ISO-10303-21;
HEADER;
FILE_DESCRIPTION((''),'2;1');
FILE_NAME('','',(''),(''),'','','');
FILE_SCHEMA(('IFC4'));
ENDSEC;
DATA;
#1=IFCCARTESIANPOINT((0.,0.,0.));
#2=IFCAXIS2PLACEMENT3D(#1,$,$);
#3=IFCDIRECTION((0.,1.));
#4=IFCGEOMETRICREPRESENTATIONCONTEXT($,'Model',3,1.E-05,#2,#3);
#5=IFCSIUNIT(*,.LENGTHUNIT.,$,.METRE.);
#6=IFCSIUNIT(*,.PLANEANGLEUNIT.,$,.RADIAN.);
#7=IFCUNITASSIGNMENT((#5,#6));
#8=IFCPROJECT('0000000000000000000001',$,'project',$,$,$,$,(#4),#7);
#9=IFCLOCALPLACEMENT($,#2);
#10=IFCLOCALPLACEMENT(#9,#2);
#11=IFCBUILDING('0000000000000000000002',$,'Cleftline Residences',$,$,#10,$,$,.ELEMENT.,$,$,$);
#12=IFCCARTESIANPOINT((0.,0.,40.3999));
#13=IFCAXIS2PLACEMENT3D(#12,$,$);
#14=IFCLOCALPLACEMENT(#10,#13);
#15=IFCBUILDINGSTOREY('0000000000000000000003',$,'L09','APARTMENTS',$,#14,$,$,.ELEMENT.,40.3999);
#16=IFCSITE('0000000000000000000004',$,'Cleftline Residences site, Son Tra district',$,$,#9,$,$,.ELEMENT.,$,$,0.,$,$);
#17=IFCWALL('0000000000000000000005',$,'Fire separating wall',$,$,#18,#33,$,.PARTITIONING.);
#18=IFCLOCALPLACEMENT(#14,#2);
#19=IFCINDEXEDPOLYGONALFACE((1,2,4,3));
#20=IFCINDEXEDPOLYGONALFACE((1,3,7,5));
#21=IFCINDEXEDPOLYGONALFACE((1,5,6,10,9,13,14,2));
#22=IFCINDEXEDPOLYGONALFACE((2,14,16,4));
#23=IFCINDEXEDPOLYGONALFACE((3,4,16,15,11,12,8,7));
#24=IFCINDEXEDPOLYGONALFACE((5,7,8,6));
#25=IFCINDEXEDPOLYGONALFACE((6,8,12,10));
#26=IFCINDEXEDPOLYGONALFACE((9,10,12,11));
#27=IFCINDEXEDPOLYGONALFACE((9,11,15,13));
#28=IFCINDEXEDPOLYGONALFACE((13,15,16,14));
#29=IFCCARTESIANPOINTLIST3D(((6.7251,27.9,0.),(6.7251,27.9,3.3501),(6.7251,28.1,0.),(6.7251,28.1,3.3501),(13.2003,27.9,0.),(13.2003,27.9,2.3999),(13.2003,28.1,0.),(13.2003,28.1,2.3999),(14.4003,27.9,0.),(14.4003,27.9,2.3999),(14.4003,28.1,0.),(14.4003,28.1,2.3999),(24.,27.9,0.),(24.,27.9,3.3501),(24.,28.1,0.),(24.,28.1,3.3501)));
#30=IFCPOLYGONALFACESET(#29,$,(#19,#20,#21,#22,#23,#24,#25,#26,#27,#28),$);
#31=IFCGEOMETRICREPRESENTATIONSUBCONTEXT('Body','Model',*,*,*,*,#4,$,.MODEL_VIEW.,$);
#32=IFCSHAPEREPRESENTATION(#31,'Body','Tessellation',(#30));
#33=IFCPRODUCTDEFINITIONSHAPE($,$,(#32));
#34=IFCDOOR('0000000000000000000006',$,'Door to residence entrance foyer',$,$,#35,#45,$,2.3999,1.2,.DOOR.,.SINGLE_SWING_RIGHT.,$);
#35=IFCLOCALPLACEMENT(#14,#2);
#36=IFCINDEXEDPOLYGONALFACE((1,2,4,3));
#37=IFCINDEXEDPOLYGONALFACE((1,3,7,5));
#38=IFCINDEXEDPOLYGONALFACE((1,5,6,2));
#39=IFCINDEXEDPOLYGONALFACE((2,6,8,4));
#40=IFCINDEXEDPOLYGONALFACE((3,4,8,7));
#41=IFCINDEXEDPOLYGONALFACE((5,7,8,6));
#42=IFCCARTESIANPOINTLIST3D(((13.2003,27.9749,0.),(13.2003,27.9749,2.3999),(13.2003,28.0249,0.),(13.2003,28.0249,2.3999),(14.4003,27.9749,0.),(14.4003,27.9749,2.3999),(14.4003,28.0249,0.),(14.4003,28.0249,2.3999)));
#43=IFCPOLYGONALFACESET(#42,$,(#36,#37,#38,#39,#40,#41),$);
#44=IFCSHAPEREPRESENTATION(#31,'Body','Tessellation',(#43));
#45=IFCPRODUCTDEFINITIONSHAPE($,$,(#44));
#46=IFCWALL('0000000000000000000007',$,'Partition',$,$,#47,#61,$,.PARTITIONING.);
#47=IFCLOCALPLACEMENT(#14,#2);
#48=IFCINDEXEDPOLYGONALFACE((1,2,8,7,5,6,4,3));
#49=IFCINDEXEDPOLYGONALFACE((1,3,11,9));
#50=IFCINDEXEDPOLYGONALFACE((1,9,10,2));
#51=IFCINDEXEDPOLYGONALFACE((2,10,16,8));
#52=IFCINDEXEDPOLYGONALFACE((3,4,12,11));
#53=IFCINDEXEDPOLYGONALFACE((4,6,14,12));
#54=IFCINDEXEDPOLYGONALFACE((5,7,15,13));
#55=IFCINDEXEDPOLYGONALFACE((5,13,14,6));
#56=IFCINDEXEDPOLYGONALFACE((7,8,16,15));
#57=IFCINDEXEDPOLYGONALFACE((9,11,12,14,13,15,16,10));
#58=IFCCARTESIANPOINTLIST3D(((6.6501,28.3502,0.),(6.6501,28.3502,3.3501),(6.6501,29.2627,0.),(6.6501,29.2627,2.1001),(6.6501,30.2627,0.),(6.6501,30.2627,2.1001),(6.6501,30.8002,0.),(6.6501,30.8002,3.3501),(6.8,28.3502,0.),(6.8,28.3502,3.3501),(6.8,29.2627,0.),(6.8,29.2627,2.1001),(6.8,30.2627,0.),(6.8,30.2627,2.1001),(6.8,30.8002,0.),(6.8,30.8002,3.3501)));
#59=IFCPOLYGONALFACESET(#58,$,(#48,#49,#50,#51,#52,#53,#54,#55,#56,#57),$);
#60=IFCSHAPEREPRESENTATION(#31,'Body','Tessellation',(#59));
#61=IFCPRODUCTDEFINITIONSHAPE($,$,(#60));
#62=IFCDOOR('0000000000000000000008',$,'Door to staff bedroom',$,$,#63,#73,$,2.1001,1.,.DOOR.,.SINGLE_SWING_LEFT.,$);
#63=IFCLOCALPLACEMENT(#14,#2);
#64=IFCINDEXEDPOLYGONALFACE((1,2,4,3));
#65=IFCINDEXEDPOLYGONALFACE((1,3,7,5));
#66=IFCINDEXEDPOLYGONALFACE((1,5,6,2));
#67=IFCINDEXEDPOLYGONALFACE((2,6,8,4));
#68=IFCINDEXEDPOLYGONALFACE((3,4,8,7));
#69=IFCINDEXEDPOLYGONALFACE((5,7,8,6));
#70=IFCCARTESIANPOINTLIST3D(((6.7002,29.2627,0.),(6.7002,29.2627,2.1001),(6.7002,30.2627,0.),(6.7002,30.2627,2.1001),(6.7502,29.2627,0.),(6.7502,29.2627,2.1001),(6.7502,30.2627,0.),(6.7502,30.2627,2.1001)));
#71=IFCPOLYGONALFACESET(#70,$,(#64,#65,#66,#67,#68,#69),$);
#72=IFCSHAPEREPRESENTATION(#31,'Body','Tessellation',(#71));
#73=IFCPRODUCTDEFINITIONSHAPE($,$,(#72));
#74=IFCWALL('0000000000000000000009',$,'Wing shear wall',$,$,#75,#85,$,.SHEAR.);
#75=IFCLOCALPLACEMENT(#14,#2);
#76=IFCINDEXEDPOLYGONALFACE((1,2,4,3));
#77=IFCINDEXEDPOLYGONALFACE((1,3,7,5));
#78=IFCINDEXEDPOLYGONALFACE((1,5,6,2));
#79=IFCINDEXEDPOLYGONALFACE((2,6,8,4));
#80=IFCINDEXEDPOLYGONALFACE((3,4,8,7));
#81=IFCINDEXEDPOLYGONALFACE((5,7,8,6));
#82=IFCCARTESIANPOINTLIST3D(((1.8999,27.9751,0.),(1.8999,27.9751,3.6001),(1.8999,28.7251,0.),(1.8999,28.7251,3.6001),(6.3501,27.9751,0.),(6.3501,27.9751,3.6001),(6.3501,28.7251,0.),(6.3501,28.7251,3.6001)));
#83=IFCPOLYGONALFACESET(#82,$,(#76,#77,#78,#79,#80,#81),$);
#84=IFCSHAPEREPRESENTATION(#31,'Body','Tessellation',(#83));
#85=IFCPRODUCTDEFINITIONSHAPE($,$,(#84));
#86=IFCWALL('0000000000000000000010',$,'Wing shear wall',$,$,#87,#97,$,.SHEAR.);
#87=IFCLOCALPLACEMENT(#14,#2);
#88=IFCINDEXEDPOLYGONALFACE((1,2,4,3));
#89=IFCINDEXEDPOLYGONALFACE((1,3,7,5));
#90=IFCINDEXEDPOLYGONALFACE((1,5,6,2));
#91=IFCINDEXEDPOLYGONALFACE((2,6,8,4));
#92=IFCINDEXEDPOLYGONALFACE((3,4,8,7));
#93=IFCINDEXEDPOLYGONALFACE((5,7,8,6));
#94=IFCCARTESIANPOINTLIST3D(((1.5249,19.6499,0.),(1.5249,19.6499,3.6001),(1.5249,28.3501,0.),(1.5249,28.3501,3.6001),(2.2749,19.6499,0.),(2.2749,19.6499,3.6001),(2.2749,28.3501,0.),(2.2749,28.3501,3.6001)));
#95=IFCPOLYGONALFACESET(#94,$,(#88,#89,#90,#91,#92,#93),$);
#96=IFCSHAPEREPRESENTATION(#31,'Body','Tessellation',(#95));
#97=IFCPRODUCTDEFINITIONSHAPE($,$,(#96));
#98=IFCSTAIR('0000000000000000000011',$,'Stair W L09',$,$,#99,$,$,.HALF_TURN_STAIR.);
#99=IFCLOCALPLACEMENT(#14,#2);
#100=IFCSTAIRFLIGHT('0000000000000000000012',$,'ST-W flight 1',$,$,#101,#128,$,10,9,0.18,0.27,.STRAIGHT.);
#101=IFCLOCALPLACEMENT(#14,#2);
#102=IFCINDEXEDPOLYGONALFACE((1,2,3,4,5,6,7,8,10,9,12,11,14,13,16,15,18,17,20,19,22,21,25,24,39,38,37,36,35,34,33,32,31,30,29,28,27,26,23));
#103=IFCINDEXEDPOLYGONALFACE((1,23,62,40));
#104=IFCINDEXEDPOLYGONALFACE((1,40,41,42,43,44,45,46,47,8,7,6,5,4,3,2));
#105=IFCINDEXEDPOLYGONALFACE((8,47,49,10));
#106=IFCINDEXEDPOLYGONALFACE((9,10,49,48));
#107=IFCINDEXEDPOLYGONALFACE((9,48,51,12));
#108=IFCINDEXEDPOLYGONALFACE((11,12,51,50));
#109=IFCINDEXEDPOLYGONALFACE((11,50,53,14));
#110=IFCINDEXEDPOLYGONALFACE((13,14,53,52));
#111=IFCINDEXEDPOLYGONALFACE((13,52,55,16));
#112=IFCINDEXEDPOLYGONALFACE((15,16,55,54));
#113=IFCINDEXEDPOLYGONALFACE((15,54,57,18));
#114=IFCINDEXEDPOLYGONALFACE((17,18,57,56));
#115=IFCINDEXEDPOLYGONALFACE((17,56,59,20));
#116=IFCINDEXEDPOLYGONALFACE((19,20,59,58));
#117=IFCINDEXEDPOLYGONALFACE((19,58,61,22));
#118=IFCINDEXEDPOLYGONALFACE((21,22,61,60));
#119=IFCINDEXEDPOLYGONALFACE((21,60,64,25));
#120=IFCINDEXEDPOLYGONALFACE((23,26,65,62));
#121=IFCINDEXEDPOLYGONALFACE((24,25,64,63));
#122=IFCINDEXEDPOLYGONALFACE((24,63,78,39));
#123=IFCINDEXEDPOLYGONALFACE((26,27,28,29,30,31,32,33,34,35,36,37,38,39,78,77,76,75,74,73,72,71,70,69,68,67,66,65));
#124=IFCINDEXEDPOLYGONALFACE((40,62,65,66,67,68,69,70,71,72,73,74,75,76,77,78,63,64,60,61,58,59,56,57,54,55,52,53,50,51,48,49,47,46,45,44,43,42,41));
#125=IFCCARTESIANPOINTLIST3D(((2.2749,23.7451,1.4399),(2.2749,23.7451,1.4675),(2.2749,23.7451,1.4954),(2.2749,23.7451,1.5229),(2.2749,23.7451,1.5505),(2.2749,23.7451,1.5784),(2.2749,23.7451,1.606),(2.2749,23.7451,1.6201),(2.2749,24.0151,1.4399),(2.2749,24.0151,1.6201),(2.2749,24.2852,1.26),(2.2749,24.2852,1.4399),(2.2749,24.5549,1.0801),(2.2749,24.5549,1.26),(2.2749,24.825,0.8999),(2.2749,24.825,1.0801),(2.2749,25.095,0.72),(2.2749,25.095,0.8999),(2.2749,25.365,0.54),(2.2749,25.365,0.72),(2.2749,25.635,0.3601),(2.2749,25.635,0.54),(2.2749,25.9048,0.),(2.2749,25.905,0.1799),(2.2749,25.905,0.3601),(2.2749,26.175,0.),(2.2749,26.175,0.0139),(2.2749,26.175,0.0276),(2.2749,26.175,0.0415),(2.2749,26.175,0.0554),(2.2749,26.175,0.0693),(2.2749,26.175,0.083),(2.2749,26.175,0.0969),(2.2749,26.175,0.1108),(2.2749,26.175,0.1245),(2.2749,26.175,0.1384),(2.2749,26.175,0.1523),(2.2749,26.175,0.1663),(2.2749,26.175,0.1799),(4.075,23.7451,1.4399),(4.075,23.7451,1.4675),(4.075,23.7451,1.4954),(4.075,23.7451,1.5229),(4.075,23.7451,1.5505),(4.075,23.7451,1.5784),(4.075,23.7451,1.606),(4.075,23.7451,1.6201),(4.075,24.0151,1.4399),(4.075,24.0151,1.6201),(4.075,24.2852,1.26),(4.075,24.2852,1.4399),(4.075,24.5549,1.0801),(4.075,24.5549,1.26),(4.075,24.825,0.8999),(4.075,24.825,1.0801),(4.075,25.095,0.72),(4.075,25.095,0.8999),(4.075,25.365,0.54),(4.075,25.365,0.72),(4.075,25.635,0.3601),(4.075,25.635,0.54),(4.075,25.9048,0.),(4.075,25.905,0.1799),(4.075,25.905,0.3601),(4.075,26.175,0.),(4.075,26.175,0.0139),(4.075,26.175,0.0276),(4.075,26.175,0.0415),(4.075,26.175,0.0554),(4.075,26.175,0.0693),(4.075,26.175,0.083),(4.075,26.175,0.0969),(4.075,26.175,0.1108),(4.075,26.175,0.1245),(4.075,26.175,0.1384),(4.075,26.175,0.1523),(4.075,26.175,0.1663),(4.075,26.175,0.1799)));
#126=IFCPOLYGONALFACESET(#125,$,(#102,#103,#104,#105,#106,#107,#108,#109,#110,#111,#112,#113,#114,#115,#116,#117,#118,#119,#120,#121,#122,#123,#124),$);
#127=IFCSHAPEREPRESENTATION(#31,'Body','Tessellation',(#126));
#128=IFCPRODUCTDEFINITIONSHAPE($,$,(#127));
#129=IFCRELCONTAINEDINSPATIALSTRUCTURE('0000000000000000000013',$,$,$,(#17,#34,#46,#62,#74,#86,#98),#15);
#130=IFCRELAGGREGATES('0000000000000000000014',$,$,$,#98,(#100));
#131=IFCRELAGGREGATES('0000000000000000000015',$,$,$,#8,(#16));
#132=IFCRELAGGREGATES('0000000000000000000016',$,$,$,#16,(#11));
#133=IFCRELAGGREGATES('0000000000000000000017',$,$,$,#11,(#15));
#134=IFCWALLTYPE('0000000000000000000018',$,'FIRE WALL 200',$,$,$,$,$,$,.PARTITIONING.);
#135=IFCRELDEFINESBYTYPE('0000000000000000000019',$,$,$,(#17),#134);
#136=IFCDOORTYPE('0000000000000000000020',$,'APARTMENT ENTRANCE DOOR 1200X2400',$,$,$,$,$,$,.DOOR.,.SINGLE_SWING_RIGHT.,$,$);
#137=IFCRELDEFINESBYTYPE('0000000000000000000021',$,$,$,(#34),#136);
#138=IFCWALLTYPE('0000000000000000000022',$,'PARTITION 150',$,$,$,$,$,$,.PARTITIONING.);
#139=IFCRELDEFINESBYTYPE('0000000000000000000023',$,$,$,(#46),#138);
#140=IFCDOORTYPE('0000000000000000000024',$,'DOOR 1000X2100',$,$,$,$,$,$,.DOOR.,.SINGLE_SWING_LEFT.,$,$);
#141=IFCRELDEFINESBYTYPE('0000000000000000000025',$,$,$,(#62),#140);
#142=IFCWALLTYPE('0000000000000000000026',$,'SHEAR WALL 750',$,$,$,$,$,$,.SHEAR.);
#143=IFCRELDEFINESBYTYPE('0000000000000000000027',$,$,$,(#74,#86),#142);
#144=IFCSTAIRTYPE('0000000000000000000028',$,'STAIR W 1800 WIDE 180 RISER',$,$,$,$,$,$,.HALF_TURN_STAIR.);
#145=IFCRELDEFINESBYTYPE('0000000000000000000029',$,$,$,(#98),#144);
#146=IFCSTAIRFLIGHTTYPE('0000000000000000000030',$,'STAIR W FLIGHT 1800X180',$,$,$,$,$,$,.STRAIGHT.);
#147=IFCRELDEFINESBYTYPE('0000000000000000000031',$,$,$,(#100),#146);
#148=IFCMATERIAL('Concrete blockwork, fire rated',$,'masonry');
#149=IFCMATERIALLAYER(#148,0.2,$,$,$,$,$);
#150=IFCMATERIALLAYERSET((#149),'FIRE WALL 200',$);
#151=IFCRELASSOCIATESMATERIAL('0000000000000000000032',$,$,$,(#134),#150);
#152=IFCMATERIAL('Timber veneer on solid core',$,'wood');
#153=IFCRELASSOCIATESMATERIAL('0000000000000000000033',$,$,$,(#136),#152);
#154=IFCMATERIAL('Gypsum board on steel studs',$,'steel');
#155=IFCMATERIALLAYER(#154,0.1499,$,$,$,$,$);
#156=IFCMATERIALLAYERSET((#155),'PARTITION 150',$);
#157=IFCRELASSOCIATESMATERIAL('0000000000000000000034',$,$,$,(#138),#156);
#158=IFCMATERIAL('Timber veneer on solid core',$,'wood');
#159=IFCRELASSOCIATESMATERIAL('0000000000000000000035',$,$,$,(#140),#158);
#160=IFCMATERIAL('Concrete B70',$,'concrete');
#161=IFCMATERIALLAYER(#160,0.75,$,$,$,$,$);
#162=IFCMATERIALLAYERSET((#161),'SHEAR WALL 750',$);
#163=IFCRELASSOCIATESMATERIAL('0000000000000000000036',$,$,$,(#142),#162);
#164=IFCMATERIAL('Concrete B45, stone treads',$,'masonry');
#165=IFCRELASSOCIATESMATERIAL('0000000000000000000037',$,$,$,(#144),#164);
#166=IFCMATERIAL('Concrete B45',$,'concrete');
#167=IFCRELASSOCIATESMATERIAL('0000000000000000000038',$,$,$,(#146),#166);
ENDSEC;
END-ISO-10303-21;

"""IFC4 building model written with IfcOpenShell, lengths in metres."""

from ifc_helpers import new_model, si_unit, direction, frame, frame_2d, origin, place, context, subcontext, project, spatial, polyline, rectangle, outline, extrude, material, layer, layer_set, type_object, element, fill, aggregate, save


model = new_model("IFC4")

# Units and contexts
model_context = context("Model", 3, precision=1e-05, world=origin(), true_north=direction((0.0, 1.0)))
body_context = subcontext(model_context, "Body", "Model", "MODEL_VIEW")
ifc_project = project(units=[si_unit("LENGTHUNIT", "METRE"), si_unit("PLANEANGLEUNIT", "RADIAN")], contexts=[model_context])

# Site, building, storey
site_placement = place(None, origin())
site = spatial("IfcSite", under=ifc_project, at=site_placement, Name="Cleftline Residences site, Son Tra district", CompositionType="ELEMENT", RefElevation=0.0)
building_placement = place(site_placement, origin())
building = spatial("IfcBuilding", under=site, at=building_placement, Name="Cleftline Residences", CompositionType="ELEMENT")
storey_placement = place(building_placement, frame((0.0, 0.0, 40.3999)))
storey = spatial("IfcBuildingStorey", under=building, at=storey_placement, Name="L09", Description="APARTMENTS", CompositionType="ELEMENT", Elevation=40.3999)

# Walls, openings, doors
ifc_material_1 = material(Name="Concrete blockwork, fire rated", Category="masonry")
ifc_layer_1 = layer(ifc_material_1, 0.2)
ifc_layer_set_1 = layer_set([ifc_layer_1], Name="FIRE WALL 200")
wall_type_1 = type_object("IfcWallType", Name="FIRE WALL 200", PredefinedType="PARTITIONING", material=ifc_layer_set_1)
wall_1_placement = place(storey_placement, frame((6.7251, 28.0, 0.0), z_axis=(0.0, 0.0, 1.0), x_axis=(1.0, 0.0, 0.0)))
wall_1 = element("IfcWall", 1, at=wall_1_placement, inside=storey, type_object=wall_type_1, Name="Fire separating wall", PredefinedType="PARTITIONING", context=body_context, shape_type="SweptSolid", body=[
    extrude(rectangle(XDim=17.2749, YDim=0.2, at=frame_2d((8.6375, 0.0))), origin(), (0.0, 0.0, 1.0), 3.3501),
])
opening_1_placement = place(wall_1_placement, frame((6.4751, 0.0, 0.0)))
opening_1 = element("IfcOpeningElement", 2, at=opening_1_placement, cuts=wall_1, PredefinedType="OPENING", context=body_context, shape_type="SweptSolid", body=[
    extrude(rectangle(XDim=1.2, YDim=2.3999, at=frame_2d((0.6001, 1.2))), frame((0.0, 0.1099, 0.0), z_axis=(0.0, -1.0, 0.0), x_axis=(1.0, 0.0, 0.0)), (0.0, 0.0, 1.0), 0.22),
])
ifc_material_2 = material(Name="Timber veneer on solid core", Category="wood")
door_type_1 = type_object("IfcDoorType", Name="APARTMENT ENTRANCE DOOR 1200X2400", OperationType="SINGLE_SWING_RIGHT", PredefinedType="DOOR", material=ifc_material_2)
door_1_placement = place(opening_1_placement, origin())
door_1 = element("IfcDoor", 3, at=door_1_placement, inside=storey, type_object=door_type_1, Name="Door to residence entrance foyer", OperationType="SINGLE_SWING_RIGHT", OverallHeight=2.3999, OverallWidth=1.2, PredefinedType="DOOR", context=body_context, shape_type="SweptSolid", body=[
    extrude(rectangle(XDim=1.2, YDim=2.3999, at=frame_2d((0.6001, 1.2))), frame((0.0, 0.0249, 0.0), z_axis=(0.0, -1.0, 0.0), x_axis=(1.0, 0.0, 0.0)), (0.0, 0.0, 1.0), 0.05),
])
fill(opening_1, door_1)
ifc_material_3 = material(Name="Gypsum board on steel studs", Category="steel")
ifc_layer_2 = layer(ifc_material_3, 0.1499)
ifc_layer_set_2 = layer_set([ifc_layer_2], Name="PARTITION 150")
wall_type_2 = type_object("IfcWallType", Name="PARTITION 150", PredefinedType="PARTITIONING", material=ifc_layer_set_2)
wall_2_placement = place(storey_placement, frame((6.7251, 28.3501, 0.0), z_axis=(0.0, 0.0, 1.0), x_axis=(0.0, 1.0, 0.0)))
wall_2 = element("IfcWall", 4, at=wall_2_placement, inside=storey, type_object=wall_type_2, Name="Partition", PredefinedType="PARTITIONING", context=body_context, shape_type="SweptSolid", body=[
    extrude(rectangle(XDim=2.45, YDim=0.1499, at=frame_2d((1.2251, 0.0))), origin(), (0.0, 0.0, 1.0), 3.3501),
])
opening_2_placement = place(wall_2_placement, frame((0.9126, 0.0, 0.0)))
opening_2 = element("IfcOpeningElement", 5, at=opening_2_placement, cuts=wall_2, PredefinedType="OPENING", context=body_context, shape_type="SweptSolid", body=[
    extrude(rectangle(XDim=1.0, YDim=2.1001, at=frame_2d((0.5, 1.05))), frame((0.0, 0.085, 0.0), z_axis=(0.0, -1.0, 0.0), x_axis=(1.0, 0.0, 0.0)), (0.0, 0.0, 1.0), 0.1699),
])
ifc_material_4 = material(Name="Timber veneer on solid core", Category="wood")
door_type_2 = type_object("IfcDoorType", Name="DOOR 1000X2100", OperationType="SINGLE_SWING_LEFT", PredefinedType="DOOR", material=ifc_material_4)
door_2_placement = place(opening_2_placement, origin())
door_2 = element("IfcDoor", 6, at=door_2_placement, inside=storey, type_object=door_type_2, Name="Door to staff bedroom", OperationType="SINGLE_SWING_LEFT", OverallHeight=2.1001, OverallWidth=1.0, PredefinedType="DOOR", context=body_context, shape_type="SweptSolid", body=[
    extrude(rectangle(XDim=1.0, YDim=2.1001, at=frame_2d((0.5, 1.05))), frame((0.0, 0.0249, 0.0), z_axis=(0.0, -1.0, 0.0), x_axis=(1.0, 0.0, 0.0)), (0.0, 0.0, 1.0), 0.05),
])
fill(opening_2, door_2)

# Walls
ifc_material_5 = material(Name="Concrete B70", Category="concrete")
ifc_layer_3 = layer(ifc_material_5, 0.75)
ifc_layer_set_3 = layer_set([ifc_layer_3], Name="SHEAR WALL 750")
wall_type_3 = type_object("IfcWallType", Name="SHEAR WALL 750", PredefinedType="SHEAR", material=ifc_layer_set_3)
wall_3_placement = place(storey_placement, frame((6.3501, 28.3501, 0.0), z_axis=(0.0, 0.0, 1.0), x_axis=(-1.0, 0.0, 0.0)))
element("IfcWall", 7, at=wall_3_placement, inside=storey, type_object=wall_type_3, Name="Wing shear wall", PredefinedType="SHEAR", context=body_context, shape_type="SweptSolid", body=[
    extrude(rectangle(XDim=4.4502, YDim=0.75, at=frame_2d((2.2251, 0.0))), origin(), (0.0, 0.0, 1.0), 3.6001),
])
wall_4_placement = place(storey_placement, frame((1.8999, 28.3501, 0.0), z_axis=(0.0, 0.0, 1.0), x_axis=(0.0, -1.0, 0.0)))
element("IfcWall", 8, at=wall_4_placement, inside=storey, type_object=wall_type_3, Name="Wing shear wall", PredefinedType="SHEAR", context=body_context, shape_type="SweptSolid", body=[
    extrude(rectangle(XDim=8.7002, YDim=0.75, at=frame_2d((4.3501, 0.0))), origin(), (0.0, 0.0, 1.0), 3.6001),
])

# Stair, stair flight
ifc_material_6 = material(Name="Concrete B45, stone treads", Category="masonry")
stair_type = type_object("IfcStairType", Name="STAIR W 1800 WIDE 180 RISER", PredefinedType="HALF_TURN_STAIR", material=ifc_material_6)
stair_placement = place(storey_placement, origin())
stair = element("IfcStair", 9, at=stair_placement, inside=storey, type_object=stair_type, Name="Stair W L09", PredefinedType="HALF_TURN_STAIR")
ifc_material_7 = material(Name="Concrete B45", Category="concrete")
stair_flight_type = type_object("IfcStairFlightType", Name="STAIR W FLIGHT 1800X180", PredefinedType="STRAIGHT", material=ifc_material_7)
stair_flight_1_placement = place(storey_placement, frame((3.175, 26.175, 0.0), z_axis=(0.0, 0.0, 1.0), x_axis=(0.0, -1.0, 0.0)))
stair_flight_1 = element("IfcStairFlight", 10, at=stair_flight_1_placement, type_object=stair_flight_type, Name="ST-W flight 1", NumberOfRisers=10, NumberOfTreads=9, PredefinedType="STRAIGHT", RiserHeight=0.18, TreadLength=0.27, context=body_context, shape_type="SweptSolid", body=[
    extrude(outline(polyline([(0.0, 0.0), (0.0, 0.0139), (0.0, 0.0276), (0.0, 0.0415), (0.0, 0.0554), (0.0, 0.0693), (0.0, 0.083), (0.0, 0.0969), (0.0, 0.1108), (0.0, 0.1245), (0.0, 0.1384), (0.0, 0.1523), (0.0, 0.1663), (0.0, 0.1799), (0.27, 0.1799), (0.27, 0.3601), (0.54, 0.3601), (0.54, 0.54), (0.8101, 0.54), (0.8101, 0.72), (1.0801, 0.72), (1.0801, 0.8999), (1.3501, 0.8999), (1.3501, 1.0801), (1.6201, 1.0801), (1.6201, 1.26), (1.8899, 1.26), (1.8899, 1.4399), (2.1599, 1.4399), (2.1599, 1.6201), (2.4299, 1.6201), (2.4299, 1.8), (2.4299, 1.7722), (2.4299, 1.7446), (2.4299, 1.7168), (2.4299, 1.6892), (2.4299, 1.6614), (2.4299, 1.6338), (2.4299, 1.606), (2.4299, 1.5784), (2.4299, 1.5505), (2.4299, 1.5229), (2.4299, 1.4954), (2.4299, 1.4675), (2.4299, 1.4399), (0.2703, 0.0), (0.0, 0.0)])), frame((0.0, 0.8999, 0.0), z_axis=(0.0, -1.0, 0.0), x_axis=(1.0, 0.0, 0.0)), (0.0, 0.0, 1.0), 1.8),
])
aggregate(stair, [stair_flight_1])

save(model, "model.ifc")
